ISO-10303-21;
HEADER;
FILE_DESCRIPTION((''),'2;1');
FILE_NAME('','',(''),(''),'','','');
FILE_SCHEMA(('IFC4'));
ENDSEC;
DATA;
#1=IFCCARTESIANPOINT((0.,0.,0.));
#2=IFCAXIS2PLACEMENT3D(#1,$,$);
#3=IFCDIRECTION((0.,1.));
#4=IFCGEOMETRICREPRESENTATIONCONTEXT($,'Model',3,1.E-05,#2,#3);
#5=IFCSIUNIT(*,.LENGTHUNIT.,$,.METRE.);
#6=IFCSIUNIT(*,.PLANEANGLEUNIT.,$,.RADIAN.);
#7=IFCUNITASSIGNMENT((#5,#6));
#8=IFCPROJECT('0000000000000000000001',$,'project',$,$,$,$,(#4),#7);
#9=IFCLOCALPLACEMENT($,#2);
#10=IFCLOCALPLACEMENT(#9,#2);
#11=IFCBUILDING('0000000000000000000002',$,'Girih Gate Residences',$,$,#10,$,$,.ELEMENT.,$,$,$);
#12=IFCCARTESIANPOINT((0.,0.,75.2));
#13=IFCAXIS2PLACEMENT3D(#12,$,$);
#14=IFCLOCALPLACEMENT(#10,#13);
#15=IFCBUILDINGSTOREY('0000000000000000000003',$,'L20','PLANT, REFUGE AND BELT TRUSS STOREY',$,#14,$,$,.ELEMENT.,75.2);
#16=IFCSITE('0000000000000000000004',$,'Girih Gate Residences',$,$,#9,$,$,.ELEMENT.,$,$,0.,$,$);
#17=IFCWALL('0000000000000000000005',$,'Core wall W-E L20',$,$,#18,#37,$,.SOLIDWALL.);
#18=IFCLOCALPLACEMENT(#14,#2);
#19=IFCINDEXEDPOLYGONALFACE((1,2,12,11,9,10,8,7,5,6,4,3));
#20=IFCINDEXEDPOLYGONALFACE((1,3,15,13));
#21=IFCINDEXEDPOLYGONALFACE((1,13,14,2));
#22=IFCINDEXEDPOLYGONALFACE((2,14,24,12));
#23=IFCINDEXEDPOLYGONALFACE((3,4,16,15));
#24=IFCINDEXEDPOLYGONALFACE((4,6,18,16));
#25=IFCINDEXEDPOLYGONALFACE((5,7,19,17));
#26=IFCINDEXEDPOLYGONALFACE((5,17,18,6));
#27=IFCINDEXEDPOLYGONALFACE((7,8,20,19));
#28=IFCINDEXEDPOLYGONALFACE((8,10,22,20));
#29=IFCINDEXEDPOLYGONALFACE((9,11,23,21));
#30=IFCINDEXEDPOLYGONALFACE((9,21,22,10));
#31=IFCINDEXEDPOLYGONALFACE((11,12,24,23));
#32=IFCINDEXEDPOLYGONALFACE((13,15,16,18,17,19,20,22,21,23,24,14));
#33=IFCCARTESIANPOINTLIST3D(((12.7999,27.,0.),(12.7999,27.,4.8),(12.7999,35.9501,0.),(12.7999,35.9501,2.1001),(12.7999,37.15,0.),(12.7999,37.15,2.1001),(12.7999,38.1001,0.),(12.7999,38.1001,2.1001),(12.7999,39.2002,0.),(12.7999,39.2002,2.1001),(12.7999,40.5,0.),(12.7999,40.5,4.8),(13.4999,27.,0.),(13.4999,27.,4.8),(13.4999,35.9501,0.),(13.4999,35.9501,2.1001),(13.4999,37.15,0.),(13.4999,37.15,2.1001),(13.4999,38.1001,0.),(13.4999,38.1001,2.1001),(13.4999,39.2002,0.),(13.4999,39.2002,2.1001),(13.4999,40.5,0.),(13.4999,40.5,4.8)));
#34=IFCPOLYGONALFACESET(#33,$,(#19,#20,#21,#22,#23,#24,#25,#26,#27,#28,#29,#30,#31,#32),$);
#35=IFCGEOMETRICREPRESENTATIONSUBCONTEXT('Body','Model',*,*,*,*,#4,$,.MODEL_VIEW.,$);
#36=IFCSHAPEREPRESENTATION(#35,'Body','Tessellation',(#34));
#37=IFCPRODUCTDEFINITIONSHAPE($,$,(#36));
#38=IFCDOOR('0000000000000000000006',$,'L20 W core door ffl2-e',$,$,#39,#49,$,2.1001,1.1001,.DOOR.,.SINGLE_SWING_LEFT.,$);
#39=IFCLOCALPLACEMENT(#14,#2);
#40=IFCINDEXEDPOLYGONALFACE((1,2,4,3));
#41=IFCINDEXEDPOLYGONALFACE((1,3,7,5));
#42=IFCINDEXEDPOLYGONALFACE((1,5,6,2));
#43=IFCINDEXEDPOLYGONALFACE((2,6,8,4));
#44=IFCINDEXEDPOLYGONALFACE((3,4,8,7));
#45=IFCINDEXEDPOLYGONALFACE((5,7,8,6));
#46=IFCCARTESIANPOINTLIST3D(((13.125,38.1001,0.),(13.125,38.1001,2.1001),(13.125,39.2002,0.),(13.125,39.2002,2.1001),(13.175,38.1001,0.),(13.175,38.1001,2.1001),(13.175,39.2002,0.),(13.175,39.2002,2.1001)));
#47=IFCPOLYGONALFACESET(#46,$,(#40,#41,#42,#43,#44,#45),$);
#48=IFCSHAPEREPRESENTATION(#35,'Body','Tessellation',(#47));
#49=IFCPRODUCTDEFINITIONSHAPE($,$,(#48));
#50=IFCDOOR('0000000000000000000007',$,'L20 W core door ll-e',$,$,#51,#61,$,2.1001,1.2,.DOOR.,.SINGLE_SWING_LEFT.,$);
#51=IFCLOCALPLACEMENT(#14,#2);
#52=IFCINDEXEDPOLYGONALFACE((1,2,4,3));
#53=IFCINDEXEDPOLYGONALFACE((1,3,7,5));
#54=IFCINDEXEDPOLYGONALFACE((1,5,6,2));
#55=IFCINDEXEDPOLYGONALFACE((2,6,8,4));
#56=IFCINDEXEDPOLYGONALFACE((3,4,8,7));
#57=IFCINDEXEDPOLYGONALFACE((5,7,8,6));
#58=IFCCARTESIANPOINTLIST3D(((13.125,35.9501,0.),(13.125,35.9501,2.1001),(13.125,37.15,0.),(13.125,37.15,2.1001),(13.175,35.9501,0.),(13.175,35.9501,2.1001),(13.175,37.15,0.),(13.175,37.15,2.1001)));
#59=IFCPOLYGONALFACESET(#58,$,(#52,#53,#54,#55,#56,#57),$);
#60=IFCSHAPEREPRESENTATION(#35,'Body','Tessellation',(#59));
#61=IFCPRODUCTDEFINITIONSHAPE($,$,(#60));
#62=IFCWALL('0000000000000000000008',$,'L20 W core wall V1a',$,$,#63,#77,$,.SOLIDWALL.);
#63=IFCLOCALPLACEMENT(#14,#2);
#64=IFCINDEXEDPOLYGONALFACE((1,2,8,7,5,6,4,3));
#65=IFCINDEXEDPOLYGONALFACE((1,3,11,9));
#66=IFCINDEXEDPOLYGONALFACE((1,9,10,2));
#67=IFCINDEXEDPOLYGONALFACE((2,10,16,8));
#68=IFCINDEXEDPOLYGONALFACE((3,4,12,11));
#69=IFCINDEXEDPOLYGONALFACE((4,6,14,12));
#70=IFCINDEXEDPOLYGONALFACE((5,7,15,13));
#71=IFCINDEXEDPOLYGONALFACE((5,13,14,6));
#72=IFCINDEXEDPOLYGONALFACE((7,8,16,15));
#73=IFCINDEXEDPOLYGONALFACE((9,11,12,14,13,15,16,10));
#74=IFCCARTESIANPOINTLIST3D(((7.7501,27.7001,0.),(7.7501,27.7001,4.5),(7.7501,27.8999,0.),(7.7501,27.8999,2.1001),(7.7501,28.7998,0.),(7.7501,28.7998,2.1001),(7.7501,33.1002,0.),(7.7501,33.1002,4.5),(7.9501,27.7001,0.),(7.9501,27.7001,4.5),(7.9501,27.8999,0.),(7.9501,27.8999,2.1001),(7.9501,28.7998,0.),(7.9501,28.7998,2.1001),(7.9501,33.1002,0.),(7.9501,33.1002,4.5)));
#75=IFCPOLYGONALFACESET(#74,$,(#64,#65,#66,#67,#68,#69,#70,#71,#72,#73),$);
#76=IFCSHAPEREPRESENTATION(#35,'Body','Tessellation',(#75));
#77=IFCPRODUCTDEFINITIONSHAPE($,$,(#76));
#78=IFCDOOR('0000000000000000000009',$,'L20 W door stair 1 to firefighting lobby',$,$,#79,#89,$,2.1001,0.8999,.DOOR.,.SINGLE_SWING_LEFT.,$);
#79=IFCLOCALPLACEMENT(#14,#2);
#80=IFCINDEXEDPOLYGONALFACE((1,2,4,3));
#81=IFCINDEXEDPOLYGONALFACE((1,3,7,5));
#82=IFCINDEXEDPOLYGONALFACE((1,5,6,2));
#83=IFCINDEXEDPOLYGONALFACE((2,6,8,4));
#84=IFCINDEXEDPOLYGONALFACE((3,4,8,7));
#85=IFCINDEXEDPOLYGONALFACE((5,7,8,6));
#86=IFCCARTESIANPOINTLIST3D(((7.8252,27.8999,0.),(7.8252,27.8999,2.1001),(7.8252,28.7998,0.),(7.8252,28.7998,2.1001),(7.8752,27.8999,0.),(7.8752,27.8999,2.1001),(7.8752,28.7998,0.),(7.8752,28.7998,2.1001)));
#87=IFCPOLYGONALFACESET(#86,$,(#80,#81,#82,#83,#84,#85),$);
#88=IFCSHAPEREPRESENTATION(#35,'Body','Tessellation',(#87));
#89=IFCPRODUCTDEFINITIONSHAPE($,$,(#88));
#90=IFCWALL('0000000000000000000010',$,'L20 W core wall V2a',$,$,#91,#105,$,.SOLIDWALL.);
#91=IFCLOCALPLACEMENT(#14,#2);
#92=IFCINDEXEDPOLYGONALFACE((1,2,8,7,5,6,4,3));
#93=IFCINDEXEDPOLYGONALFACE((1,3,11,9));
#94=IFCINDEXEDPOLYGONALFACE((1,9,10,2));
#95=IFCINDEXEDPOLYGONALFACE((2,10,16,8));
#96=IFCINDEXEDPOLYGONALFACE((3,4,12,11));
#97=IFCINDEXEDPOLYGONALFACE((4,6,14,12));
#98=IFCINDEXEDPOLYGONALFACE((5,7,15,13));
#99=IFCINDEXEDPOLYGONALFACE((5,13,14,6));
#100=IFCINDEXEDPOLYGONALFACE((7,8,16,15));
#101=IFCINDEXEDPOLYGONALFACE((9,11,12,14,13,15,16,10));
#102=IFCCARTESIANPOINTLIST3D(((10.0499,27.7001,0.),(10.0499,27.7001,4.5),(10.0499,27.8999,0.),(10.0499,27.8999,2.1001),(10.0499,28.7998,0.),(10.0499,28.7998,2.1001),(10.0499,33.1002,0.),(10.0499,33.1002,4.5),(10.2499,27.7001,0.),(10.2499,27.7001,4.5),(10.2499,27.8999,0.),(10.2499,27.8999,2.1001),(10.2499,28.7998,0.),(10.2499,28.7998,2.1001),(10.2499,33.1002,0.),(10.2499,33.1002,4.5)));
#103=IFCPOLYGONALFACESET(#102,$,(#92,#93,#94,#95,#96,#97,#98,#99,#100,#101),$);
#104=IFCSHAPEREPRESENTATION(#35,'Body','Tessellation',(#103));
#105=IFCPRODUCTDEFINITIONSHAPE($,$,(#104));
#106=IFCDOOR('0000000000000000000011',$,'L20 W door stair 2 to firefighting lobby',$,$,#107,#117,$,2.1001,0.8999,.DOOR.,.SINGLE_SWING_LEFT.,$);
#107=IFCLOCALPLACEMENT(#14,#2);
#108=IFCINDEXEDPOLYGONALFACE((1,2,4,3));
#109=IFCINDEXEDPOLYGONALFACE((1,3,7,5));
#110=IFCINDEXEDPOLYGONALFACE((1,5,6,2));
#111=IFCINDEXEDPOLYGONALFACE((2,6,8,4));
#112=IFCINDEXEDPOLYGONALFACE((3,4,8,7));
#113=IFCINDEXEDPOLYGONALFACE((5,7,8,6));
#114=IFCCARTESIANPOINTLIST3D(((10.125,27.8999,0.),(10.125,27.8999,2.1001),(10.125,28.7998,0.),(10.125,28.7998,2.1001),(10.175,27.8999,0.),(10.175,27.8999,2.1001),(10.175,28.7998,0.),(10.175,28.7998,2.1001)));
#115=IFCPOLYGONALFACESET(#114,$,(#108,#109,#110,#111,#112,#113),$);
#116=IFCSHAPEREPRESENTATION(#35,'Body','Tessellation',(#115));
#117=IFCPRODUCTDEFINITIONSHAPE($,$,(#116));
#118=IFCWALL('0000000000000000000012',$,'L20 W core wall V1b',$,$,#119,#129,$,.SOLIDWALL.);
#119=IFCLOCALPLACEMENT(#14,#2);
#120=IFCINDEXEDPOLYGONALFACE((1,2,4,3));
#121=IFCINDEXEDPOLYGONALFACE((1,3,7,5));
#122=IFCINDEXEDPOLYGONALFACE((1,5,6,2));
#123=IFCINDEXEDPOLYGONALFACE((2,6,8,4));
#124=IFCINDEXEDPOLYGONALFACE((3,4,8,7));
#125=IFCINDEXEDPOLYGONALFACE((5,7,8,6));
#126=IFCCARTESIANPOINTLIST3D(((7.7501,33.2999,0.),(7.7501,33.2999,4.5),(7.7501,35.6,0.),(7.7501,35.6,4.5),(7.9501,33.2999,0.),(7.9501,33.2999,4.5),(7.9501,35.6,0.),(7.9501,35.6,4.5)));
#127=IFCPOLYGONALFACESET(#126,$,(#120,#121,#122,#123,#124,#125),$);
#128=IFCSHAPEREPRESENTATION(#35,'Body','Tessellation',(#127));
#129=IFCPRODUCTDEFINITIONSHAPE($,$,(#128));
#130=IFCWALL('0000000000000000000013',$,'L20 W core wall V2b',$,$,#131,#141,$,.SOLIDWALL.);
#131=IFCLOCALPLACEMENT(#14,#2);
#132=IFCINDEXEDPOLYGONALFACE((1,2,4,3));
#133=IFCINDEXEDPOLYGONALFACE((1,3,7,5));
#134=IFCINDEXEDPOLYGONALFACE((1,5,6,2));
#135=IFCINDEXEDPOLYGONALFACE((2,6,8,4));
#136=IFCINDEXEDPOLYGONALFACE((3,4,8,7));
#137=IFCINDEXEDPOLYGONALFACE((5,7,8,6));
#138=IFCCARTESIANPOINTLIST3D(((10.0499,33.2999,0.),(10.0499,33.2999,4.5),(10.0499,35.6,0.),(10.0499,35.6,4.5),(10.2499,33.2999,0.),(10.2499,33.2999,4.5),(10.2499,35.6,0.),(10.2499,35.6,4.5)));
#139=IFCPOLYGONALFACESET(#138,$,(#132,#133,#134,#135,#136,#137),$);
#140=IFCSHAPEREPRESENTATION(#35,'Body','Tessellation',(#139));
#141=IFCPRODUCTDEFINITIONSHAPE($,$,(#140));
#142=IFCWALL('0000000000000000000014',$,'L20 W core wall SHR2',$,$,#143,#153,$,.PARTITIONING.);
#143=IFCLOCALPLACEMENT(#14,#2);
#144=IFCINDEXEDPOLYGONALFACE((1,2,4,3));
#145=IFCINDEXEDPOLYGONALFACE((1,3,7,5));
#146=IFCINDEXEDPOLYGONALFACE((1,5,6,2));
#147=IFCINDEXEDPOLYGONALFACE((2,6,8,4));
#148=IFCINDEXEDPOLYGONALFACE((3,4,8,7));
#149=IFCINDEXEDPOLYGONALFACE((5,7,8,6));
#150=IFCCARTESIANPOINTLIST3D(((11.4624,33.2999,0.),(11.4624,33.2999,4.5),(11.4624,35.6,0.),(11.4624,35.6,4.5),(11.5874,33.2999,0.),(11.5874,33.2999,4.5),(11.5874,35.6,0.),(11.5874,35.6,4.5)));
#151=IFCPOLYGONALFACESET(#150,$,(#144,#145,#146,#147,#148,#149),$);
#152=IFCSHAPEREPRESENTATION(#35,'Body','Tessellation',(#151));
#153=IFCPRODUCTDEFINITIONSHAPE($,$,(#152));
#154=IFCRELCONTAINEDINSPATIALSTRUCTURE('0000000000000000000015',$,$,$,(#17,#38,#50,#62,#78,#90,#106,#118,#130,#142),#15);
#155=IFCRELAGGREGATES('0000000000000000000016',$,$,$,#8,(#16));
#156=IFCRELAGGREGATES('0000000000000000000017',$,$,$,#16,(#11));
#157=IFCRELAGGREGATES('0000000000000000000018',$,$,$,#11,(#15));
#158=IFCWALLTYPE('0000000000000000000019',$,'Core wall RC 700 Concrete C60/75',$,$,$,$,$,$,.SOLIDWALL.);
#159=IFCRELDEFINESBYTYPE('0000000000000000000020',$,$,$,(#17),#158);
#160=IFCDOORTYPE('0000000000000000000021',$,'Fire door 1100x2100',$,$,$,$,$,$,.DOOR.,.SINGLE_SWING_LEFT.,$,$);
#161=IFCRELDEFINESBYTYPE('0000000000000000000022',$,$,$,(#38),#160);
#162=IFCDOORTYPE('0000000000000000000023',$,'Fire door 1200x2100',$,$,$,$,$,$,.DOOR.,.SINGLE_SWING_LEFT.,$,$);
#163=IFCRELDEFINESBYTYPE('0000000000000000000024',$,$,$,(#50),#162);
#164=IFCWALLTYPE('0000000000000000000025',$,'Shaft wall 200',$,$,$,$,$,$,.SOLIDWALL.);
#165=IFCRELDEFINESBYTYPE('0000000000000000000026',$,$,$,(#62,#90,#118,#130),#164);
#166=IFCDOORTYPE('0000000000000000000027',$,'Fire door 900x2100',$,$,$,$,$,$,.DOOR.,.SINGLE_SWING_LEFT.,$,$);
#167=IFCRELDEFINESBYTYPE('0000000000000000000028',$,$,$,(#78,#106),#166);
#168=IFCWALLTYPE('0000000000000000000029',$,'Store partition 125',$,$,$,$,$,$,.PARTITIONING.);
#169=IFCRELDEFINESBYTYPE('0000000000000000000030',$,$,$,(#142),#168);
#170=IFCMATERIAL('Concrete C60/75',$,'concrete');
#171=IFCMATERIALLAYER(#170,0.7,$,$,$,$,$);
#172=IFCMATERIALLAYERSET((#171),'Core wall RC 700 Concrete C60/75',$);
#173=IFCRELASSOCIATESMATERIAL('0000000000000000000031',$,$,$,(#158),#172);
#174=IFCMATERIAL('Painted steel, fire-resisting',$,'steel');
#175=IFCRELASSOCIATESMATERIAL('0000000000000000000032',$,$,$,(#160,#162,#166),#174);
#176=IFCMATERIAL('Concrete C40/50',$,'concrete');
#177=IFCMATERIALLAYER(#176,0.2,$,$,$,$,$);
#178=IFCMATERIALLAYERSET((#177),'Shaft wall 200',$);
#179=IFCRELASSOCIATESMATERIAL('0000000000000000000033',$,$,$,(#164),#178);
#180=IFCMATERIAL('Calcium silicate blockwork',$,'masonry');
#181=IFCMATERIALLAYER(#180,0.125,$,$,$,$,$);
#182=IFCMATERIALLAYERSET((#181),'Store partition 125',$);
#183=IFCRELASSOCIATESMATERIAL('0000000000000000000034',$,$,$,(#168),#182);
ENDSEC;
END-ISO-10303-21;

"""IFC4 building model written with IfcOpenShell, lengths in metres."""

from ifc_helpers import new_model, si_unit, direction, frame, frame_2d, origin, place, context, subcontext, project, spatial, rectangle, extrude, material, layer, layer_set, type_object, element, fill, save


model = new_model("IFC4")

# Units and contexts
model_context = context("Model", 3, precision=1e-05, world=origin(), true_north=direction((0.0, 1.0)))
body_context = subcontext(model_context, "Body", "Model", "MODEL_VIEW")
ifc_project = project(units=[si_unit("LENGTHUNIT", "METRE"), si_unit("PLANEANGLEUNIT", "RADIAN")], contexts=[model_context])

# Site, building, storey
site_placement = place(None, origin())
site = spatial("IfcSite", under=ifc_project, at=site_placement, Name="Girih Gate Residences", CompositionType="ELEMENT", RefElevation=0.0)
building_placement = place(site_placement, origin())
building = spatial("IfcBuilding", under=site, at=building_placement, Name="Girih Gate Residences", CompositionType="ELEMENT")
storey_placement = place(building_placement, frame((0.0, 0.0, 75.2)))
storey = spatial("IfcBuildingStorey", under=building, at=storey_placement, Name="L20", Description="PLANT, REFUGE AND BELT TRUSS STOREY", CompositionType="ELEMENT", Elevation=75.2)

# Shared definitions
ifc_material_1 = material(Name="Concrete C60/75", Category="concrete")

# Shared definitions
ifc_material_2 = material(Name="Painted steel, fire-resisting", Category="steel")

# Wall, openings, doors
ifc_layer_1 = layer(ifc_material_1, 0.7)
ifc_layer_set_1 = layer_set([ifc_layer_1], Name="Core wall RC 700 Concrete C60/75")
wall_type_1 = type_object("IfcWallType", Name="Core wall RC 700 Concrete C60/75", PredefinedType="SOLIDWALL", material=ifc_layer_set_1)
wall_1_placement = place(storey_placement, frame((13.1499, 27.0, 0.0), z_axis=(0.0, 0.0, 1.0), x_axis=(0.0, 1.0, 0.0)))
wall_1 = element("IfcWall", 1, at=wall_1_placement, inside=storey, type_object=wall_type_1, Name="Core wall W-E L20", PredefinedType="SOLIDWALL", context=body_context, shape_type="SweptSolid", body=[
    extrude(rectangle(XDim=13.5, YDim=0.7, at=frame_2d((6.75, 0.0))), origin(), (0.0, 0.0, 1.0), 4.8),
])
opening_1_placement = place(wall_1_placement, frame((11.1001, 0.0, 0.0)))
opening_1 = element("IfcOpeningElement", 2, at=opening_1_placement, cuts=wall_1, PredefinedType="OPENING", context=body_context, shape_type="SweptSolid", body=[
    extrude(rectangle(XDim=1.1001, YDim=2.1001, at=frame_2d((0.55, 1.05))), frame((0.0, 0.3599, 0.0), z_axis=(0.0, -1.0, 0.0), x_axis=(1.0, 0.0, 0.0)), (0.0, 0.0, 1.0), 0.72),
])
opening_2_placement = place(wall_1_placement, frame((8.95, 0.0, 0.0)))
opening_2 = element("IfcOpeningElement", 3, at=opening_2_placement, cuts=wall_1, PredefinedType="OPENING", context=body_context, shape_type="SweptSolid", body=[
    extrude(rectangle(XDim=1.2, YDim=2.1001, at=frame_2d((0.6001, 1.05))), frame((0.0, 0.3599, 0.0), z_axis=(0.0, -1.0, 0.0), x_axis=(1.0, 0.0, 0.0)), (0.0, 0.0, 1.0), 0.72),
])
door_type_1 = type_object("IfcDoorType", Name="Fire door 1100x2100", OperationType="SINGLE_SWING_LEFT", PredefinedType="DOOR", material=ifc_material_2)
door_1_placement = place(opening_1_placement, origin())
door_1 = element("IfcDoor", 4, at=door_1_placement, inside=storey, type_object=door_type_1, Name="L20 W core door ffl2-e", OperationType="SINGLE_SWING_LEFT", OverallHeight=2.1001, OverallWidth=1.1001, PredefinedType="DOOR", context=body_context, shape_type="SweptSolid", body=[
    extrude(rectangle(XDim=1.1001, YDim=2.1001, at=frame_2d((0.55, 1.05))), frame((0.0, 0.0249, 0.0), z_axis=(0.0, -1.0, 0.0), x_axis=(1.0, 0.0, 0.0)), (0.0, 0.0, 1.0), 0.05),
])
fill(opening_1, door_1)
door_type_2 = type_object("IfcDoorType", Name="Fire door 1200x2100", OperationType="SINGLE_SWING_LEFT", PredefinedType="DOOR", material=ifc_material_2)
door_2_placement = place(opening_2_placement, origin())
door_2 = element("IfcDoor", 5, at=door_2_placement, inside=storey, type_object=door_type_2, Name="L20 W core door ll-e", OperationType="SINGLE_SWING_LEFT", OverallHeight=2.1001, OverallWidth=1.2, PredefinedType="DOOR", context=body_context, shape_type="SweptSolid", body=[
    extrude(rectangle(XDim=1.2, YDim=2.1001, at=frame_2d((0.6001, 1.05))), frame((0.0, 0.0249, 0.0), z_axis=(0.0, -1.0, 0.0), x_axis=(1.0, 0.0, 0.0)), (0.0, 0.0, 1.0), 0.05),
])
fill(opening_2, door_2)

# Walls, openings, doors
ifc_material_3 = material(Name="Concrete C40/50", Category="concrete")
ifc_layer_2 = layer(ifc_material_3, 0.2)
ifc_layer_set_2 = layer_set([ifc_layer_2], Name="Shaft wall 200")
wall_type_2 = type_object("IfcWallType", Name="Shaft wall 200", PredefinedType="SOLIDWALL", material=ifc_layer_set_2)
wall_2_placement = place(storey_placement, frame((7.8501, 27.7, 0.0), z_axis=(0.0, 0.0, 1.0), x_axis=(0.0, 1.0, 0.0)))
wall_2 = element("IfcWall", 6, at=wall_2_placement, inside=storey, type_object=wall_type_2, Name="L20 W core wall V1a", PredefinedType="SOLIDWALL", context=body_context, shape_type="SweptSolid", body=[
    extrude(rectangle(XDim=5.4001, YDim=0.2, at=frame_2d((2.7002, 0.0))), origin(), (0.0, 0.0, 1.0), 4.5),
])
opening_3_placement = place(wall_2_placement, frame((0.2, 0.0, 0.0)))
opening_3 = element("IfcOpeningElement", 7, at=opening_3_placement, cuts=wall_2, PredefinedType="OPENING", context=body_context, shape_type="SweptSolid", body=[
    extrude(rectangle(XDim=0.8999, YDim=2.1001, at=frame_2d((0.45, 1.05))), frame((0.0, 0.1099, 0.0), z_axis=(0.0, -1.0, 0.0), x_axis=(1.0, 0.0, 0.0)), (0.0, 0.0, 1.0), 0.22),
])
door_type_3 = type_object("IfcDoorType", Name="Fire door 900x2100", OperationType="SINGLE_SWING_LEFT", PredefinedType="DOOR", material=ifc_material_2)
door_3_placement = place(opening_3_placement, origin())
door_3 = element("IfcDoor", 8, at=door_3_placement, inside=storey, type_object=door_type_3, Name="L20 W door stair 1 to firefighting lobby", OperationType="SINGLE_SWING_LEFT", OverallHeight=2.1001, OverallWidth=0.8999, PredefinedType="DOOR", context=body_context, shape_type="SweptSolid", body=[
    extrude(rectangle(XDim=0.8999, YDim=2.1001, at=frame_2d((0.45, 1.05))), frame((0.0, 0.0249, 0.0), z_axis=(0.0, -1.0, 0.0), x_axis=(1.0, 0.0, 0.0)), (0.0, 0.0, 1.0), 0.05),
])
fill(opening_3, door_3)
wall_3_placement = place(storey_placement, frame((10.1499, 27.7, 0.0), z_axis=(0.0, 0.0, 1.0), x_axis=(0.0, 1.0, 0.0)))
wall_3 = element("IfcWall", 9, at=wall_3_placement, inside=storey, type_object=wall_type_2, Name="L20 W core wall V2a", PredefinedType="SOLIDWALL", context=body_context, shape_type="SweptSolid", body=[
    extrude(rectangle(XDim=5.4001, YDim=0.2, at=frame_2d((2.7002, 0.0))), origin(), (0.0, 0.0, 1.0), 4.5),
])
opening_4_placement = place(wall_3_placement, frame((0.2, 0.0, 0.0)))
opening_4 = element("IfcOpeningElement", 10, at=opening_4_placement, cuts=wall_3, PredefinedType="OPENING", context=body_context, shape_type="SweptSolid", body=[
    extrude(rectangle(XDim=0.8999, YDim=2.1001, at=frame_2d((0.45, 1.05))), frame((0.0, 0.1099, 0.0), z_axis=(0.0, -1.0, 0.0), x_axis=(1.0, 0.0, 0.0)), (0.0, 0.0, 1.0), 0.22),
])
door_4_placement = place(opening_4_placement, origin())
door_4 = element("IfcDoor", 11, at=door_4_placement, inside=storey, type_object=door_type_3, Name="L20 W door stair 2 to firefighting lobby", OperationType="SINGLE_SWING_LEFT", OverallHeight=2.1001, OverallWidth=0.8999, PredefinedType="DOOR", context=body_context, shape_type="SweptSolid", body=[
    extrude(rectangle(XDim=0.8999, YDim=2.1001, at=frame_2d((0.45, 1.05))), frame((0.0, 0.0249, 0.0), z_axis=(0.0, -1.0, 0.0), x_axis=(1.0, 0.0, 0.0)), (0.0, 0.0, 1.0), 0.05),
])
fill(opening_4, door_4)

# Walls
for number, where, z_axis, x_axis, name in (
    (12, (7.8501, 33.3, 0.0), (0.0, 0.0, 1.0), (0.0, 1.0, 0.0), "L20 W core wall V1b"),
    (13, (10.1499, 33.3, 0.0), (0.0, 0.0, 1.0), (0.0, 1.0, 0.0), "L20 W core wall V2b"),
):
    element("IfcWall", number, at=place(storey_placement, frame(where, z_axis=z_axis, x_axis=x_axis)), inside=storey, type_object=wall_type_2, Name=name, PredefinedType="SOLIDWALL", context=body_context, shape_type="SweptSolid", body=[
        extrude(rectangle(XDim=2.3, YDim=0.2, at=frame_2d((1.1499, 0.0))), origin(), (0.0, 0.0, 1.0), 4.5),
    ])
ifc_material_4 = material(Name="Calcium silicate blockwork", Category="masonry")
ifc_layer_3 = layer(ifc_material_4, 0.125)
ifc_layer_set_3 = layer_set([ifc_layer_3], Name="Store partition 125")
wall_type_3 = type_object("IfcWallType", Name="Store partition 125", PredefinedType="PARTITIONING", material=ifc_layer_set_3)
wall_4_placement = place(storey_placement, frame((11.5249, 33.3, 0.0), z_axis=(0.0, 0.0, 1.0), x_axis=(0.0, 1.0, 0.0)))
element("IfcWall", 14, at=wall_4_placement, inside=storey, type_object=wall_type_3, Name="L20 W core wall SHR2", PredefinedType="PARTITIONING", context=body_context, shape_type="SweptSolid", body=[
    extrude(rectangle(XDim=2.3, YDim=0.125, at=frame_2d((1.1499, 0.0))), origin(), (0.0, 0.0, 1.0), 4.5),
])

save(model, "model.ifc")
